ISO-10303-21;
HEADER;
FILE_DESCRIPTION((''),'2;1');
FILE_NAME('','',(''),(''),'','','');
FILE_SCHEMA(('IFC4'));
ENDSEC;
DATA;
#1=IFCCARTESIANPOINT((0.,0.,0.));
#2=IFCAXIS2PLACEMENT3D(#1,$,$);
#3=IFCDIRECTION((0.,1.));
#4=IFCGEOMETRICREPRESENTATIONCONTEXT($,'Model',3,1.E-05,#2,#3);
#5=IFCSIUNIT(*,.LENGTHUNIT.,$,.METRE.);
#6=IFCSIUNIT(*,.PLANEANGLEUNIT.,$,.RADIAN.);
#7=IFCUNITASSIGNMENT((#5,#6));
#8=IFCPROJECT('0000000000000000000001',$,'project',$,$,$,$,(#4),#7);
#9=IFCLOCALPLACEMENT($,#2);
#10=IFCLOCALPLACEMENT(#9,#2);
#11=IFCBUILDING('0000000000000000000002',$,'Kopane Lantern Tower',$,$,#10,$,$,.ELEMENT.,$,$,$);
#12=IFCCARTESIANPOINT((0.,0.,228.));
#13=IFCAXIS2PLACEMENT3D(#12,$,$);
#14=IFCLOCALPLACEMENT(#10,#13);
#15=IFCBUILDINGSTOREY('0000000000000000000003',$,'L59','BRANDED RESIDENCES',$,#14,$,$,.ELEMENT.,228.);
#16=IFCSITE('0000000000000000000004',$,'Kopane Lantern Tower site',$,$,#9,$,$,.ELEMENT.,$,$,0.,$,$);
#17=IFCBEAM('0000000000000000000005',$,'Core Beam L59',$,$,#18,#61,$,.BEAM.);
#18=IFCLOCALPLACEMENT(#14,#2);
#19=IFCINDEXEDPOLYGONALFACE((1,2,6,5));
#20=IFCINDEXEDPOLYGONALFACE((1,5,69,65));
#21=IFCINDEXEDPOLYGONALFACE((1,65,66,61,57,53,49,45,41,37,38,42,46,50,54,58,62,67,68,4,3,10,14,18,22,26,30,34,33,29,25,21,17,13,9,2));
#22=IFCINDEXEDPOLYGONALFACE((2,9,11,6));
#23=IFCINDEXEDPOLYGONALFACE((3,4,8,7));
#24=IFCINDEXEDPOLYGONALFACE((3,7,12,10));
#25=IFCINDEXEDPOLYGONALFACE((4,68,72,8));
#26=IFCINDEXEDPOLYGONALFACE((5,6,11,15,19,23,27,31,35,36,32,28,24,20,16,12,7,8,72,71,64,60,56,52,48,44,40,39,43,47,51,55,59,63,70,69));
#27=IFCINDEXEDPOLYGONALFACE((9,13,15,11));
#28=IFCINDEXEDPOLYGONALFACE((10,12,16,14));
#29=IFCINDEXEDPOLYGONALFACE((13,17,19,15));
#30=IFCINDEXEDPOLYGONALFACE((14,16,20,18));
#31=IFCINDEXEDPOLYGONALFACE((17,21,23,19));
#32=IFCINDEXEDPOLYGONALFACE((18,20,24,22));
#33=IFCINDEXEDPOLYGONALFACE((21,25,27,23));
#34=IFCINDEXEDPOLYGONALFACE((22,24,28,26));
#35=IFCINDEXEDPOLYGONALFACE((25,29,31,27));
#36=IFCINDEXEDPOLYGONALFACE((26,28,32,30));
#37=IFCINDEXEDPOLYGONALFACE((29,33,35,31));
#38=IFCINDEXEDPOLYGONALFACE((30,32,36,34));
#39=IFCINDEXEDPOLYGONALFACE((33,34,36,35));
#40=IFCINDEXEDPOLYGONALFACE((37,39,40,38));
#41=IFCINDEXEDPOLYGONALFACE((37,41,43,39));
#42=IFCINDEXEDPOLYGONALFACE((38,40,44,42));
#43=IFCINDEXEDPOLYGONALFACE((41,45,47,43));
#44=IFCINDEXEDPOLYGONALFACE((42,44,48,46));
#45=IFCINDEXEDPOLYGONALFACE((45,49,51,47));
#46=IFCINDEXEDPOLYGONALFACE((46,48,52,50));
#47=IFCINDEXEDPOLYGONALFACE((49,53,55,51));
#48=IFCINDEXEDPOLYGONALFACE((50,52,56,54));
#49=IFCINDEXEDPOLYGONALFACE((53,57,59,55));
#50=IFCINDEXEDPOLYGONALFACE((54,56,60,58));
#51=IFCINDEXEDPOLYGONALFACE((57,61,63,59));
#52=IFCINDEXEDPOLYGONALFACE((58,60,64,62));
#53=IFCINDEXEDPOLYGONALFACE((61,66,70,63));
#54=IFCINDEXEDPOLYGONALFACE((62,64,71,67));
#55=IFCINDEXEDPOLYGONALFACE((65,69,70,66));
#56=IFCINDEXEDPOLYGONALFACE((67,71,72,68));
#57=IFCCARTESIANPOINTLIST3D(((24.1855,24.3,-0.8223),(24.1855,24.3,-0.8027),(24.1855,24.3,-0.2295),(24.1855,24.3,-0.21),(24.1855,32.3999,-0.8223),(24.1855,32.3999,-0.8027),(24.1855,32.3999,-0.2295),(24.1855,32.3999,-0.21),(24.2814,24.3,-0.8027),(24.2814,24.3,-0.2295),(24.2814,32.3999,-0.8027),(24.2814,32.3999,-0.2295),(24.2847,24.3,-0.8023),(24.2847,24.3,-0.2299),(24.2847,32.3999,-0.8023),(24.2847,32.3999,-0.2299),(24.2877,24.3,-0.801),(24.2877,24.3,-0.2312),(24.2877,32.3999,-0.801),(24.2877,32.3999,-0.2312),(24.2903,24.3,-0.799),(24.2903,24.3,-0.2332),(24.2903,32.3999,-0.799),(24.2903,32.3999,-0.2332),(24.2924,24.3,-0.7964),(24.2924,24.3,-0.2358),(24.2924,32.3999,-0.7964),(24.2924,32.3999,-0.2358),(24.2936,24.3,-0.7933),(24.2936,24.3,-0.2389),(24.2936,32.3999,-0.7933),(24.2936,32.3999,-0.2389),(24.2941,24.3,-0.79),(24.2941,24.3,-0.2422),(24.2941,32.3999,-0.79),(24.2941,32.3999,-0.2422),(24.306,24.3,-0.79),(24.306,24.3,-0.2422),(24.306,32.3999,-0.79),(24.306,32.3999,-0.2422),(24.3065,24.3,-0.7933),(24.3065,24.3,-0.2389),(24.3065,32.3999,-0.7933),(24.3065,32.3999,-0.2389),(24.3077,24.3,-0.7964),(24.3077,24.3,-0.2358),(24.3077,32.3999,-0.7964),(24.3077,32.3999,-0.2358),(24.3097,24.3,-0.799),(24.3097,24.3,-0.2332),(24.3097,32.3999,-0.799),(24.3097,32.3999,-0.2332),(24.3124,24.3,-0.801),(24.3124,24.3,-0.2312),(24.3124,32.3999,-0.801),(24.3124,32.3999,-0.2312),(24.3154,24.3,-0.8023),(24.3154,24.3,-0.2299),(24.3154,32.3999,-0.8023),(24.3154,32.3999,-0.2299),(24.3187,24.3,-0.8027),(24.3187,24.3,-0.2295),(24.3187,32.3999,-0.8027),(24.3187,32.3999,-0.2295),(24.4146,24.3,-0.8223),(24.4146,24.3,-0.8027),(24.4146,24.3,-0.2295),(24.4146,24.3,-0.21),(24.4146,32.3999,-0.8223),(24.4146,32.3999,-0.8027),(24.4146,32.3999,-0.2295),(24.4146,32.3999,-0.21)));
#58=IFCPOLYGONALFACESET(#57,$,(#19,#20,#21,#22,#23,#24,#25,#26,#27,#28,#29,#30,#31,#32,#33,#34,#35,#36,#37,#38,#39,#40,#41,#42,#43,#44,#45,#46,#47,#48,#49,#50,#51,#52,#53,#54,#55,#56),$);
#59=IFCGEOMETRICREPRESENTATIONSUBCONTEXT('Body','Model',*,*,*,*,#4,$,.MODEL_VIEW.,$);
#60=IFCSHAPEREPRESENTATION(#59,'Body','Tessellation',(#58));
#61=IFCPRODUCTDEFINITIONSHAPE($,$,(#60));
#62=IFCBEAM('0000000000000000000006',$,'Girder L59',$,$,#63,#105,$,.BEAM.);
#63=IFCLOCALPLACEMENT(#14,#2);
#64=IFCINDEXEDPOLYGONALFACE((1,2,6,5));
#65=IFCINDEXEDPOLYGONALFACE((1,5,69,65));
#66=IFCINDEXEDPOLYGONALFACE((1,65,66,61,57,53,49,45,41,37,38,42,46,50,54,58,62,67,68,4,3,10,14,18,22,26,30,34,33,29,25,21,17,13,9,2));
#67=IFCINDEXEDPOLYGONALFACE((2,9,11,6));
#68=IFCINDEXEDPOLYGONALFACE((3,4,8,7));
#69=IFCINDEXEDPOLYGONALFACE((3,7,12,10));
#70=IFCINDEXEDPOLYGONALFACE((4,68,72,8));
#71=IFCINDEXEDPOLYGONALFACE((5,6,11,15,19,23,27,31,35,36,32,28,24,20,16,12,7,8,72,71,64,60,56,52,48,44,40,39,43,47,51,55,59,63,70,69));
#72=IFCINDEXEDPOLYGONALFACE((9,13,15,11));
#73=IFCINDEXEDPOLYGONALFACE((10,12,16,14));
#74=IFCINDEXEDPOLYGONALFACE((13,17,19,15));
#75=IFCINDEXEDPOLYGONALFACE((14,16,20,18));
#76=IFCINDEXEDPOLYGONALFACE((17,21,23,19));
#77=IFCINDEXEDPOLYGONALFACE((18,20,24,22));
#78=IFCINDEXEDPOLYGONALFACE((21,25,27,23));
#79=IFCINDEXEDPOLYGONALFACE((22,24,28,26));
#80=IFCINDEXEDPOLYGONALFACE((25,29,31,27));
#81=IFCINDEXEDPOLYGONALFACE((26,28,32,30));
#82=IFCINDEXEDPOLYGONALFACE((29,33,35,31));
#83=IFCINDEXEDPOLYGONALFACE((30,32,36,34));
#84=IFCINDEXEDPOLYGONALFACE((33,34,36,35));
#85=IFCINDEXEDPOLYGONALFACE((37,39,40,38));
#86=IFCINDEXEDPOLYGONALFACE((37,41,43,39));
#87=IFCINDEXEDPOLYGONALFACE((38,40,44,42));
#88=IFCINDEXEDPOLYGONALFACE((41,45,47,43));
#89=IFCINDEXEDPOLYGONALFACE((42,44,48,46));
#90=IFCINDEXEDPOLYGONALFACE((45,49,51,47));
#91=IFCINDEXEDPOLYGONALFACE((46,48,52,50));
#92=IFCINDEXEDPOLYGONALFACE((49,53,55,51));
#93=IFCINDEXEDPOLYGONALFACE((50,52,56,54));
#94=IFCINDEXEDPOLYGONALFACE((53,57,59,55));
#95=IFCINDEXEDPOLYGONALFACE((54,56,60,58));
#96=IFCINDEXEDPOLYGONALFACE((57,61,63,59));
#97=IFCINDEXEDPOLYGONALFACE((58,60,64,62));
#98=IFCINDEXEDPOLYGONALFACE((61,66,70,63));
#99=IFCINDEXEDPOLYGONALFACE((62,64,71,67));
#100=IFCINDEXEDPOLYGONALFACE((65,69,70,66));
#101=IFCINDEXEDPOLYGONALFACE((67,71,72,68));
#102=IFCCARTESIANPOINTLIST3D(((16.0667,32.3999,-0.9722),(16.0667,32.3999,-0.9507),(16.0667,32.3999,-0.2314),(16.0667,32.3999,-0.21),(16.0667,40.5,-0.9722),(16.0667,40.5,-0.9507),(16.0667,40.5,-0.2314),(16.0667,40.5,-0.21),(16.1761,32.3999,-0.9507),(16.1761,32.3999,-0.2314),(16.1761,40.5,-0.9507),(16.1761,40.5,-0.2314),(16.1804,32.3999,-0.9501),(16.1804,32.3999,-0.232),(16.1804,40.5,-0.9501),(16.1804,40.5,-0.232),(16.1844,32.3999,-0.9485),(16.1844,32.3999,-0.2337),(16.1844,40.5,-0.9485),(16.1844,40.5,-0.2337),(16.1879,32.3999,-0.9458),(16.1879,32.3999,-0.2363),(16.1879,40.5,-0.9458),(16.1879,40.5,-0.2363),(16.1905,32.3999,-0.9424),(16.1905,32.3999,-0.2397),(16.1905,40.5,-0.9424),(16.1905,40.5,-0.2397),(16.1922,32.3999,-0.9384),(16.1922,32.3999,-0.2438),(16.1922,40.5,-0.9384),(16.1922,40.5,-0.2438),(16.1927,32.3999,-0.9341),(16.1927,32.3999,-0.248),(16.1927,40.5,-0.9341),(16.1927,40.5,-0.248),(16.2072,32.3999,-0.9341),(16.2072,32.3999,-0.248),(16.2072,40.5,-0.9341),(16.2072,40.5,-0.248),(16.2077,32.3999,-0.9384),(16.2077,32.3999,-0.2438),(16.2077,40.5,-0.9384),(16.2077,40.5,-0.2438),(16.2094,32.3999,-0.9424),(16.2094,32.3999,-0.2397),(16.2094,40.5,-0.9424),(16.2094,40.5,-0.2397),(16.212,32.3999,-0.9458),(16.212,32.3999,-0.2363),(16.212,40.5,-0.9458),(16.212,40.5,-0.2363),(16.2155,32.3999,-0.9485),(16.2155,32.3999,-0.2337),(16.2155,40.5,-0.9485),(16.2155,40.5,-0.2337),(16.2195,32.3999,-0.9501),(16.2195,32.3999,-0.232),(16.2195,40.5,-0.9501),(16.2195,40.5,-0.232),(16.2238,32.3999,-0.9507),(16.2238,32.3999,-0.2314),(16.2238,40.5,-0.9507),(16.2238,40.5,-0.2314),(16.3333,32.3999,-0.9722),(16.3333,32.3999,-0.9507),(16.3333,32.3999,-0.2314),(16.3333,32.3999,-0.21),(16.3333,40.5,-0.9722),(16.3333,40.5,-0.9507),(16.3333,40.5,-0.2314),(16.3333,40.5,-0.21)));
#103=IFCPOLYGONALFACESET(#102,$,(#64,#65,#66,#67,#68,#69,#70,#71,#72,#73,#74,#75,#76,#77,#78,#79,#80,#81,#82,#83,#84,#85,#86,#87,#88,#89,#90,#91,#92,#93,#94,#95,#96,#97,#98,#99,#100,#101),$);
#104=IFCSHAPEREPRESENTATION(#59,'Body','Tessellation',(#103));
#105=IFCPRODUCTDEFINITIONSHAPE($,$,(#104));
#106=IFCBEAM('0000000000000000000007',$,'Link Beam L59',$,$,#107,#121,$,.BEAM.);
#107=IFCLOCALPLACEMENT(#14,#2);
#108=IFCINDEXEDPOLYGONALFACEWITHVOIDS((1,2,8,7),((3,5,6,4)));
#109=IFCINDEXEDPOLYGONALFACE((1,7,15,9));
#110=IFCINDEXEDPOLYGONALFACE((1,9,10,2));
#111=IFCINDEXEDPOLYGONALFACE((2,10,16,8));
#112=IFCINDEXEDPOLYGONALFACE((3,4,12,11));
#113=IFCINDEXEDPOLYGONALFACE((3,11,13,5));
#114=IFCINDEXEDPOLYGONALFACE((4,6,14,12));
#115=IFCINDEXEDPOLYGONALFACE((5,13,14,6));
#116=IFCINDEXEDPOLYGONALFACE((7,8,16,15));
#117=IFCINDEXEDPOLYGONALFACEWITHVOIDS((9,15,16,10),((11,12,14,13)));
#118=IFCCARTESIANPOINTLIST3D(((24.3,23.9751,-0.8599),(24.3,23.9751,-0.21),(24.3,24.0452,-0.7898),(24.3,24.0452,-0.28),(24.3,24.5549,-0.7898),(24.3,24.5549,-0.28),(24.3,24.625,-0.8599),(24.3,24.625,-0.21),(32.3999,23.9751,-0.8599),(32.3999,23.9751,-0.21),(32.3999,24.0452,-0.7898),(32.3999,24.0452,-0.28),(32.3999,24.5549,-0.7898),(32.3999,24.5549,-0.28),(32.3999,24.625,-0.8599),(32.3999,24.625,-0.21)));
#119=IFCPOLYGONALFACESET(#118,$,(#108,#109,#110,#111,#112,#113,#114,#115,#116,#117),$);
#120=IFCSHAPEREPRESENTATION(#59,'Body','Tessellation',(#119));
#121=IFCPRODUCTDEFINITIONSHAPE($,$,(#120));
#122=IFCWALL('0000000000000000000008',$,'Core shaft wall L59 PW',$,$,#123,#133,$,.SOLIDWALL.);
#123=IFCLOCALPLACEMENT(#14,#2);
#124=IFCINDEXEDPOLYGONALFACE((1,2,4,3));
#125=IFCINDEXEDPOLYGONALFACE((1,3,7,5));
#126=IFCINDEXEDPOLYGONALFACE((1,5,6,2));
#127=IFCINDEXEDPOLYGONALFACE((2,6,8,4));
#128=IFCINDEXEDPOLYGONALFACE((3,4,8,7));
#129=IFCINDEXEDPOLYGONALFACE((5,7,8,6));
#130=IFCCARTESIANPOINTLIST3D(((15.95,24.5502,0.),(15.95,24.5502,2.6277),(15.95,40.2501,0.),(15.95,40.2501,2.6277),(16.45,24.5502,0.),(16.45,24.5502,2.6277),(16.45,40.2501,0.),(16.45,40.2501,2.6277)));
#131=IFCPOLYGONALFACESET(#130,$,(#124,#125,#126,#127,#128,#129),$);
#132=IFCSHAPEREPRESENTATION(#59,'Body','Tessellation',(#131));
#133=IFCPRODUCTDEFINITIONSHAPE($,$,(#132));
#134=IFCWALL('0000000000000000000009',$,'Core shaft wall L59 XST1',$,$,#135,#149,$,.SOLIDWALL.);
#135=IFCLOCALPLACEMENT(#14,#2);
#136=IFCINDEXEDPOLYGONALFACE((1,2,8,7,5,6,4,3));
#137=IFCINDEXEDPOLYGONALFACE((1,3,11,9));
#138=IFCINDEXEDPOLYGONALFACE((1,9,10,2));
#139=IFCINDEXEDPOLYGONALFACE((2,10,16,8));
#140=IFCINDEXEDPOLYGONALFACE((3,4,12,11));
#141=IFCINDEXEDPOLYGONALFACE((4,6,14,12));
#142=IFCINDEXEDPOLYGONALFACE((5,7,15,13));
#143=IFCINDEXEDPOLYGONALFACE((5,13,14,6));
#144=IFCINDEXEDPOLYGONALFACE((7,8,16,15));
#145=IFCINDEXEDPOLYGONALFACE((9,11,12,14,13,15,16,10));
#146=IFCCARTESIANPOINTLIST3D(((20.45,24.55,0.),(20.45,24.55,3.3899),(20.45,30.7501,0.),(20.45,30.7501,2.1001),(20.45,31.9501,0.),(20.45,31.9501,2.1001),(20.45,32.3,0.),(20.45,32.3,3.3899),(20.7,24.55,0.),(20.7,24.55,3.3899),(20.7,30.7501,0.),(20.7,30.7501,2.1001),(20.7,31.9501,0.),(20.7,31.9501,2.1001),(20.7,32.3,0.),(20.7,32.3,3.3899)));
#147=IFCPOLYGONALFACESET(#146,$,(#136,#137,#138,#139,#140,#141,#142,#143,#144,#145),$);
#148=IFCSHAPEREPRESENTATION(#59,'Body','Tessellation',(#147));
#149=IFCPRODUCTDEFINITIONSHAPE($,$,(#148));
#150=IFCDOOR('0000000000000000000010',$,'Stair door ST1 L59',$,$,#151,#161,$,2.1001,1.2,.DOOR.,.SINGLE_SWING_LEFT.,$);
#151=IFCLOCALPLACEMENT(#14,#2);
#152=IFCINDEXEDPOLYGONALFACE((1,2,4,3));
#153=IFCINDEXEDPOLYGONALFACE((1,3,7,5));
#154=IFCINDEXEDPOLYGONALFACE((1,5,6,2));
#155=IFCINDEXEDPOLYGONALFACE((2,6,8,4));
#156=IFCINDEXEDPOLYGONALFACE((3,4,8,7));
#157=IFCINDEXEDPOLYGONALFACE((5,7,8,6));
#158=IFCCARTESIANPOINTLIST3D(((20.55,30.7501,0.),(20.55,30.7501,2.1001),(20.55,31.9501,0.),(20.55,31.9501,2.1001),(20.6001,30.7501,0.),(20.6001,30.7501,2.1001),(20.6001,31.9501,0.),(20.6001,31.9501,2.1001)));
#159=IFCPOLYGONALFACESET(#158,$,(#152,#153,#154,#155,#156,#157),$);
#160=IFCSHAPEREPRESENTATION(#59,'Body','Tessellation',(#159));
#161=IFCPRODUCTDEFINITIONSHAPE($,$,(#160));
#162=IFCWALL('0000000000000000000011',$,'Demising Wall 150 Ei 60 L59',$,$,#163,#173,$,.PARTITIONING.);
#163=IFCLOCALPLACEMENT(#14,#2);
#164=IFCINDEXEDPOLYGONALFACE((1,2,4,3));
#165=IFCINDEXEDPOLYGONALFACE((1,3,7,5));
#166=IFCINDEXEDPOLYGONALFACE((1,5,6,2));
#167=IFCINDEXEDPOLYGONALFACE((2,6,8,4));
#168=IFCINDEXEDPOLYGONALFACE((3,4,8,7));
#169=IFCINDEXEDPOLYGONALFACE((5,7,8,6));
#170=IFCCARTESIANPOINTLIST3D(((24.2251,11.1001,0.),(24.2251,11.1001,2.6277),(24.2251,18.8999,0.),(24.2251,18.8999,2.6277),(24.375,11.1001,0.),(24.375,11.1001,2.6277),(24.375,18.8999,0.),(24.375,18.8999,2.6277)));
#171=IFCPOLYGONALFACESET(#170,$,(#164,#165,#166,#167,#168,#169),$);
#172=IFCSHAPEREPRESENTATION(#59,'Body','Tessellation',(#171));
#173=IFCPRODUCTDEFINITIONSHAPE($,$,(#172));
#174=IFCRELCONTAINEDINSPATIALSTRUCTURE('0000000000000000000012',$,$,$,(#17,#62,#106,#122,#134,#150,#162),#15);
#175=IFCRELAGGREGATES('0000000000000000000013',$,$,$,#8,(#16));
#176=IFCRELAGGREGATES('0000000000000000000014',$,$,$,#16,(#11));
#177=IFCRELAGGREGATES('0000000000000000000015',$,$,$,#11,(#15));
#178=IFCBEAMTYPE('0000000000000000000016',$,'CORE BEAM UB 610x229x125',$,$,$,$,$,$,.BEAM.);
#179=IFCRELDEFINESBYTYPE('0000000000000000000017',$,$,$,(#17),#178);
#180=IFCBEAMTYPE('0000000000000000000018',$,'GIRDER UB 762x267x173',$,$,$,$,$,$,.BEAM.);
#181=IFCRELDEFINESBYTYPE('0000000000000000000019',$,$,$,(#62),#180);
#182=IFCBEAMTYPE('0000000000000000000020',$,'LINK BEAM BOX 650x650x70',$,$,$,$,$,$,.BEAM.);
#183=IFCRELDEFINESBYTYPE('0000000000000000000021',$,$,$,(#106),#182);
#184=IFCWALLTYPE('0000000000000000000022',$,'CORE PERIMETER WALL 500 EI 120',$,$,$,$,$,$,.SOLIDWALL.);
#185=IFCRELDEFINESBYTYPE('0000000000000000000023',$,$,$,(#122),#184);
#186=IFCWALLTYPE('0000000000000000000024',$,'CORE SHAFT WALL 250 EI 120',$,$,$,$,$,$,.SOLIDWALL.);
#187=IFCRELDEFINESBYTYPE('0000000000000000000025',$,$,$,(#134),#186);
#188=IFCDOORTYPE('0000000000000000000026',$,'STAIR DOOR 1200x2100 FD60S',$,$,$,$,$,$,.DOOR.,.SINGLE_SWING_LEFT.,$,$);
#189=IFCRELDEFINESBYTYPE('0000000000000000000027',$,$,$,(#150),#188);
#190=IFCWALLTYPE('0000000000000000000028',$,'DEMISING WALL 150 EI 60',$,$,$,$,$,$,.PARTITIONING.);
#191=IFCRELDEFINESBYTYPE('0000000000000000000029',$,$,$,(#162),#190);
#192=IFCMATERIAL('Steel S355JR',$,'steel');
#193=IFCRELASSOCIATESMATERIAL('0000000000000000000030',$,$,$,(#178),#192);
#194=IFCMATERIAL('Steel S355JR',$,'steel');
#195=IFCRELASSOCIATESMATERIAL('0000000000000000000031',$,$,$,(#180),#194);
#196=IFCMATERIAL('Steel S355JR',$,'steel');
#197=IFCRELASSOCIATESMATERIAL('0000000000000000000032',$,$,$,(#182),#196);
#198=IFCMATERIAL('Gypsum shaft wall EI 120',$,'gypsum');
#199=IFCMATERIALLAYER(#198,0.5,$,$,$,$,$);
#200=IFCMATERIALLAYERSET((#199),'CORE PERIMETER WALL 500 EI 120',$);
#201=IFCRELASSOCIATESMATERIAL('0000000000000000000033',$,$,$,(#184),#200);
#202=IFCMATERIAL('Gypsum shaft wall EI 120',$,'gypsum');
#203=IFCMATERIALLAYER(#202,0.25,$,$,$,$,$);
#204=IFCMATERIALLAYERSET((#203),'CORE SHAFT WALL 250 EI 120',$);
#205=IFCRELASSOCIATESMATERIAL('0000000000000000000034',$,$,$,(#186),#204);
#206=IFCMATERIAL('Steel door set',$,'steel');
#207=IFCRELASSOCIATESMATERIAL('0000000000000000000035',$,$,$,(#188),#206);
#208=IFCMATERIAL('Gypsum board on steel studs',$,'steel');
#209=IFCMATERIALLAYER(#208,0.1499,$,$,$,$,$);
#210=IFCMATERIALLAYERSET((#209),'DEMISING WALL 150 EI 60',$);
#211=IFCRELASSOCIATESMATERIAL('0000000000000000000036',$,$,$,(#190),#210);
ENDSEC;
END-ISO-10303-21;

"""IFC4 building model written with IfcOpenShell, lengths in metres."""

from ifc_helpers import new_model, si_unit, direction, frame, frame_2d, origin, origin_2d, place, context, subcontext, project, spatial, rectangle, hollow_rectangle, i_section, extrude, material, layer, layer_set, material_profile, profile_set, type_object, element, fill, save


model = new_model("IFC4")

# Units and contexts
model_context = context("Model", 3, precision=1e-05, world=origin(), true_north=direction((0.0, 1.0)))
body_context = subcontext(model_context, "Body", "Model", "MODEL_VIEW")
ifc_project = project(units=[si_unit("LENGTHUNIT", "METRE"), si_unit("PLANEANGLEUNIT", "RADIAN")], contexts=[model_context])

# Site, building, storey
site_placement = place(None, origin())
site = spatial("IfcSite", under=ifc_project, at=site_placement, Name="Kopane Lantern Tower site", CompositionType="ELEMENT", RefElevation=0.0)
building_placement = place(site_placement, origin())
building = spatial("IfcBuilding", under=site, at=building_placement, Name="Kopane Lantern Tower", CompositionType="ELEMENT")
storey_placement = place(building_placement, frame((0.0, 0.0, 228.0)))
storey = spatial("IfcBuildingStorey", under=building, at=storey_placement, Name="L59", Description="BRANDED RESIDENCES", CompositionType="ELEMENT", Elevation=228.0)

# Beams
ifc_material_1 = material(Name="Steel S355JR", Category="steel")
ifc_material_profile_1 = material_profile(ifc_material_1, i_section(OverallWidth=0.229, OverallDepth=0.6123, WebThickness=0.012, FlangeThickness=0.0195, FilletRadius=0.0127, at=origin_2d()), Name="UB 610x229x125")
ifc_profile_set_1 = profile_set([ifc_material_profile_1], Name="Steel S355JR")
beam_type_1 = type_object("IfcBeamType", Name="CORE BEAM UB 610x229x125", PredefinedType="BEAM", material=ifc_profile_set_1)
beam_1_placement = place(storey_placement, frame((24.3, 24.3, -0.5161), z_axis=(0.0, 1.0, 0.0), x_axis=(-1.0, 0.0, 0.0)))
element("IfcBeam", 1, at=beam_1_placement, inside=storey, type_object=beam_type_1, Name="Core Beam L59", PredefinedType="BEAM", context=body_context, shape_type="SweptSolid", body=[
    extrude(i_section(OverallWidth=0.229, OverallDepth=0.6123, WebThickness=0.012, FlangeThickness=0.0195, FilletRadius=0.0127, at=origin_2d()), origin(), (0.0, 0.0, 1.0), 8.0999),
])
ifc_material_2 = material(Name="Steel S355JR", Category="steel")
ifc_material_profile_2 = material_profile(ifc_material_2, i_section(OverallWidth=0.2666, OverallDepth=0.7622, WebThickness=0.0144, FlangeThickness=0.0215, FilletRadius=0.0166, at=origin_2d()), Name="UB 762x267x173")
ifc_profile_set_2 = profile_set([ifc_material_profile_2], Name="Steel S355JR")
beam_type_2 = type_object("IfcBeamType", Name="GIRDER UB 762x267x173", PredefinedType="BEAM", material=ifc_profile_set_2)
beam_2_placement = place(storey_placement, frame((16.2, 32.3999, -0.5911), z_axis=(0.0, 1.0, 0.0), x_axis=(-1.0, 0.0, 0.0)))
element("IfcBeam", 2, at=beam_2_placement, inside=storey, type_object=beam_type_2, Name="Girder L59", PredefinedType="BEAM", context=body_context, shape_type="SweptSolid", body=[
    extrude(i_section(OverallWidth=0.2666, OverallDepth=0.7622, WebThickness=0.0144, FlangeThickness=0.0215, FilletRadius=0.0166, at=origin_2d()), origin(), (0.0, 0.0, 1.0), 8.1001),
])
ifc_material_3 = material(Name="Steel S355JR", Category="steel")
ifc_material_profile_3 = material_profile(ifc_material_3, hollow_rectangle(XDim=0.6499, YDim=0.6499, WallThickness=0.0701, at=origin_2d()), Name="BOX 650x650x70")
ifc_profile_set_3 = profile_set([ifc_material_profile_3], Name="Steel S355JR")
beam_type_3 = type_object("IfcBeamType", Name="LINK BEAM BOX 650x650x70", PredefinedType="BEAM", material=ifc_profile_set_3)
beam_3_placement = place(storey_placement, frame((24.3, 24.3, -0.5349), z_axis=(1.0, 0.0, 0.0), x_axis=(0.0, 1.0, 0.0)))
element("IfcBeam", 3, at=beam_3_placement, inside=storey, type_object=beam_type_3, Name="Link Beam L59", PredefinedType="BEAM", context=body_context, shape_type="SweptSolid", body=[
    extrude(hollow_rectangle(XDim=0.6499, YDim=0.6499, WallThickness=0.0701, at=origin_2d()), origin(), (0.0, 0.0, 1.0), 8.0999),
])

# Wall
ifc_material_4 = material(Name="Gypsum shaft wall EI 120", Category="gypsum")
ifc_layer_1 = layer(ifc_material_4, 0.5)
ifc_layer_set_1 = layer_set([ifc_layer_1], Name="CORE PERIMETER WALL 500 EI 120")
wall_type_1 = type_object("IfcWallType", Name="CORE PERIMETER WALL 500 EI 120", PredefinedType="SOLIDWALL", material=ifc_layer_set_1)
wall_1_placement = place(storey_placement, frame((16.2, 24.55, 0.0), z_axis=(0.0, 0.0, 1.0), x_axis=(0.0, 1.0, 0.0)))
element("IfcWall", 4, at=wall_1_placement, inside=storey, type_object=wall_type_1, Name="Core shaft wall L59 PW", PredefinedType="SOLIDWALL", context=body_context, shape_type="SweptSolid", body=[
    extrude(rectangle(XDim=15.7, YDim=0.5, at=frame_2d((7.8501, 0.0))), origin(), (0.0, 0.0, 1.0), 2.6277),
])

# Wall, opening, door
ifc_material_5 = material(Name="Gypsum shaft wall EI 120", Category="gypsum")
ifc_layer_2 = layer(ifc_material_5, 0.25)
ifc_layer_set_2 = layer_set([ifc_layer_2], Name="CORE SHAFT WALL 250 EI 120")
wall_type_2 = type_object("IfcWallType", Name="CORE SHAFT WALL 250 EI 120", PredefinedType="SOLIDWALL", material=ifc_layer_set_2)
wall_2_placement = place(storey_placement, frame((20.575, 24.55, 0.0), z_axis=(0.0, 0.0, 1.0), x_axis=(0.0, 1.0, 0.0)))
wall_2 = element("IfcWall", 5, at=wall_2_placement, inside=storey, type_object=wall_type_2, Name="Core shaft wall L59 XST1", PredefinedType="SOLIDWALL", context=body_context, shape_type="SweptSolid", body=[
    extrude(rectangle(XDim=7.75, YDim=0.25, at=frame_2d((3.875, 0.0))), origin(), (0.0, 0.0, 1.0), 3.3899),
])
opening_1_placement = place(wall_2_placement, frame((6.2, 0.0, 0.0)))
opening_1 = element("IfcOpeningElement", 6, at=opening_1_placement, cuts=wall_2, PredefinedType="OPENING", context=body_context, shape_type="SweptSolid", body=[
    extrude(rectangle(XDim=1.2, YDim=2.1001, at=frame_2d((0.6001, 1.05))), frame((0.0, 0.135, 0.0), z_axis=(0.0, -1.0, 0.0), x_axis=(1.0, 0.0, 0.0)), (0.0, 0.0, 1.0), 0.27),
])
ifc_material_6 = material(Name="Steel door set", Category="steel")
door_type_1 = type_object("IfcDoorType", Name="STAIR DOOR 1200x2100 FD60S", OperationType="SINGLE_SWING_LEFT", PredefinedType="DOOR", material=ifc_material_6)
door_1_placement = place(opening_1_placement, origin())
door_1 = element("IfcDoor", 7, at=door_1_placement, inside=storey, type_object=door_type_1, Name="Stair door ST1 L59", OperationType="SINGLE_SWING_LEFT", OverallHeight=2.1001, OverallWidth=1.2, PredefinedType="DOOR", context=body_context, shape_type="SweptSolid", body=[
    extrude(rectangle(XDim=1.2, YDim=2.1001, at=frame_2d((0.6001, 1.05))), frame((0.0, 0.0249, 0.0), z_axis=(0.0, -1.0, 0.0), x_axis=(1.0, 0.0, 0.0)), (0.0, 0.0, 1.0), 0.05),
])
fill(opening_1, door_1)

# Wall
ifc_material_7 = material(Name="Gypsum board on steel studs", Category="steel")
ifc_layer_3 = layer(ifc_material_7, 0.1499)
ifc_layer_set_3 = layer_set([ifc_layer_3], Name="DEMISING WALL 150 EI 60")
wall_type_3 = type_object("IfcWallType", Name="DEMISING WALL 150 EI 60", PredefinedType="PARTITIONING", material=ifc_layer_set_3)
wall_3_placement = place(storey_placement, frame((24.3, 18.8999, 0.0), z_axis=(0.0, 0.0, 1.0), x_axis=(0.0, -1.0, 0.0)))
element("IfcWall", 8, at=wall_3_placement, inside=storey, type_object=wall_type_3, Name="Demising Wall 150 Ei 60 L59", PredefinedType="PARTITIONING", context=body_context, shape_type="SweptSolid", body=[
    extrude(rectangle(XDim=7.7998, YDim=0.1499, at=frame_2d((3.8999, 0.0))), origin(), (0.0, 0.0, 1.0), 2.6277),
])

save(model, "model.ifc")
